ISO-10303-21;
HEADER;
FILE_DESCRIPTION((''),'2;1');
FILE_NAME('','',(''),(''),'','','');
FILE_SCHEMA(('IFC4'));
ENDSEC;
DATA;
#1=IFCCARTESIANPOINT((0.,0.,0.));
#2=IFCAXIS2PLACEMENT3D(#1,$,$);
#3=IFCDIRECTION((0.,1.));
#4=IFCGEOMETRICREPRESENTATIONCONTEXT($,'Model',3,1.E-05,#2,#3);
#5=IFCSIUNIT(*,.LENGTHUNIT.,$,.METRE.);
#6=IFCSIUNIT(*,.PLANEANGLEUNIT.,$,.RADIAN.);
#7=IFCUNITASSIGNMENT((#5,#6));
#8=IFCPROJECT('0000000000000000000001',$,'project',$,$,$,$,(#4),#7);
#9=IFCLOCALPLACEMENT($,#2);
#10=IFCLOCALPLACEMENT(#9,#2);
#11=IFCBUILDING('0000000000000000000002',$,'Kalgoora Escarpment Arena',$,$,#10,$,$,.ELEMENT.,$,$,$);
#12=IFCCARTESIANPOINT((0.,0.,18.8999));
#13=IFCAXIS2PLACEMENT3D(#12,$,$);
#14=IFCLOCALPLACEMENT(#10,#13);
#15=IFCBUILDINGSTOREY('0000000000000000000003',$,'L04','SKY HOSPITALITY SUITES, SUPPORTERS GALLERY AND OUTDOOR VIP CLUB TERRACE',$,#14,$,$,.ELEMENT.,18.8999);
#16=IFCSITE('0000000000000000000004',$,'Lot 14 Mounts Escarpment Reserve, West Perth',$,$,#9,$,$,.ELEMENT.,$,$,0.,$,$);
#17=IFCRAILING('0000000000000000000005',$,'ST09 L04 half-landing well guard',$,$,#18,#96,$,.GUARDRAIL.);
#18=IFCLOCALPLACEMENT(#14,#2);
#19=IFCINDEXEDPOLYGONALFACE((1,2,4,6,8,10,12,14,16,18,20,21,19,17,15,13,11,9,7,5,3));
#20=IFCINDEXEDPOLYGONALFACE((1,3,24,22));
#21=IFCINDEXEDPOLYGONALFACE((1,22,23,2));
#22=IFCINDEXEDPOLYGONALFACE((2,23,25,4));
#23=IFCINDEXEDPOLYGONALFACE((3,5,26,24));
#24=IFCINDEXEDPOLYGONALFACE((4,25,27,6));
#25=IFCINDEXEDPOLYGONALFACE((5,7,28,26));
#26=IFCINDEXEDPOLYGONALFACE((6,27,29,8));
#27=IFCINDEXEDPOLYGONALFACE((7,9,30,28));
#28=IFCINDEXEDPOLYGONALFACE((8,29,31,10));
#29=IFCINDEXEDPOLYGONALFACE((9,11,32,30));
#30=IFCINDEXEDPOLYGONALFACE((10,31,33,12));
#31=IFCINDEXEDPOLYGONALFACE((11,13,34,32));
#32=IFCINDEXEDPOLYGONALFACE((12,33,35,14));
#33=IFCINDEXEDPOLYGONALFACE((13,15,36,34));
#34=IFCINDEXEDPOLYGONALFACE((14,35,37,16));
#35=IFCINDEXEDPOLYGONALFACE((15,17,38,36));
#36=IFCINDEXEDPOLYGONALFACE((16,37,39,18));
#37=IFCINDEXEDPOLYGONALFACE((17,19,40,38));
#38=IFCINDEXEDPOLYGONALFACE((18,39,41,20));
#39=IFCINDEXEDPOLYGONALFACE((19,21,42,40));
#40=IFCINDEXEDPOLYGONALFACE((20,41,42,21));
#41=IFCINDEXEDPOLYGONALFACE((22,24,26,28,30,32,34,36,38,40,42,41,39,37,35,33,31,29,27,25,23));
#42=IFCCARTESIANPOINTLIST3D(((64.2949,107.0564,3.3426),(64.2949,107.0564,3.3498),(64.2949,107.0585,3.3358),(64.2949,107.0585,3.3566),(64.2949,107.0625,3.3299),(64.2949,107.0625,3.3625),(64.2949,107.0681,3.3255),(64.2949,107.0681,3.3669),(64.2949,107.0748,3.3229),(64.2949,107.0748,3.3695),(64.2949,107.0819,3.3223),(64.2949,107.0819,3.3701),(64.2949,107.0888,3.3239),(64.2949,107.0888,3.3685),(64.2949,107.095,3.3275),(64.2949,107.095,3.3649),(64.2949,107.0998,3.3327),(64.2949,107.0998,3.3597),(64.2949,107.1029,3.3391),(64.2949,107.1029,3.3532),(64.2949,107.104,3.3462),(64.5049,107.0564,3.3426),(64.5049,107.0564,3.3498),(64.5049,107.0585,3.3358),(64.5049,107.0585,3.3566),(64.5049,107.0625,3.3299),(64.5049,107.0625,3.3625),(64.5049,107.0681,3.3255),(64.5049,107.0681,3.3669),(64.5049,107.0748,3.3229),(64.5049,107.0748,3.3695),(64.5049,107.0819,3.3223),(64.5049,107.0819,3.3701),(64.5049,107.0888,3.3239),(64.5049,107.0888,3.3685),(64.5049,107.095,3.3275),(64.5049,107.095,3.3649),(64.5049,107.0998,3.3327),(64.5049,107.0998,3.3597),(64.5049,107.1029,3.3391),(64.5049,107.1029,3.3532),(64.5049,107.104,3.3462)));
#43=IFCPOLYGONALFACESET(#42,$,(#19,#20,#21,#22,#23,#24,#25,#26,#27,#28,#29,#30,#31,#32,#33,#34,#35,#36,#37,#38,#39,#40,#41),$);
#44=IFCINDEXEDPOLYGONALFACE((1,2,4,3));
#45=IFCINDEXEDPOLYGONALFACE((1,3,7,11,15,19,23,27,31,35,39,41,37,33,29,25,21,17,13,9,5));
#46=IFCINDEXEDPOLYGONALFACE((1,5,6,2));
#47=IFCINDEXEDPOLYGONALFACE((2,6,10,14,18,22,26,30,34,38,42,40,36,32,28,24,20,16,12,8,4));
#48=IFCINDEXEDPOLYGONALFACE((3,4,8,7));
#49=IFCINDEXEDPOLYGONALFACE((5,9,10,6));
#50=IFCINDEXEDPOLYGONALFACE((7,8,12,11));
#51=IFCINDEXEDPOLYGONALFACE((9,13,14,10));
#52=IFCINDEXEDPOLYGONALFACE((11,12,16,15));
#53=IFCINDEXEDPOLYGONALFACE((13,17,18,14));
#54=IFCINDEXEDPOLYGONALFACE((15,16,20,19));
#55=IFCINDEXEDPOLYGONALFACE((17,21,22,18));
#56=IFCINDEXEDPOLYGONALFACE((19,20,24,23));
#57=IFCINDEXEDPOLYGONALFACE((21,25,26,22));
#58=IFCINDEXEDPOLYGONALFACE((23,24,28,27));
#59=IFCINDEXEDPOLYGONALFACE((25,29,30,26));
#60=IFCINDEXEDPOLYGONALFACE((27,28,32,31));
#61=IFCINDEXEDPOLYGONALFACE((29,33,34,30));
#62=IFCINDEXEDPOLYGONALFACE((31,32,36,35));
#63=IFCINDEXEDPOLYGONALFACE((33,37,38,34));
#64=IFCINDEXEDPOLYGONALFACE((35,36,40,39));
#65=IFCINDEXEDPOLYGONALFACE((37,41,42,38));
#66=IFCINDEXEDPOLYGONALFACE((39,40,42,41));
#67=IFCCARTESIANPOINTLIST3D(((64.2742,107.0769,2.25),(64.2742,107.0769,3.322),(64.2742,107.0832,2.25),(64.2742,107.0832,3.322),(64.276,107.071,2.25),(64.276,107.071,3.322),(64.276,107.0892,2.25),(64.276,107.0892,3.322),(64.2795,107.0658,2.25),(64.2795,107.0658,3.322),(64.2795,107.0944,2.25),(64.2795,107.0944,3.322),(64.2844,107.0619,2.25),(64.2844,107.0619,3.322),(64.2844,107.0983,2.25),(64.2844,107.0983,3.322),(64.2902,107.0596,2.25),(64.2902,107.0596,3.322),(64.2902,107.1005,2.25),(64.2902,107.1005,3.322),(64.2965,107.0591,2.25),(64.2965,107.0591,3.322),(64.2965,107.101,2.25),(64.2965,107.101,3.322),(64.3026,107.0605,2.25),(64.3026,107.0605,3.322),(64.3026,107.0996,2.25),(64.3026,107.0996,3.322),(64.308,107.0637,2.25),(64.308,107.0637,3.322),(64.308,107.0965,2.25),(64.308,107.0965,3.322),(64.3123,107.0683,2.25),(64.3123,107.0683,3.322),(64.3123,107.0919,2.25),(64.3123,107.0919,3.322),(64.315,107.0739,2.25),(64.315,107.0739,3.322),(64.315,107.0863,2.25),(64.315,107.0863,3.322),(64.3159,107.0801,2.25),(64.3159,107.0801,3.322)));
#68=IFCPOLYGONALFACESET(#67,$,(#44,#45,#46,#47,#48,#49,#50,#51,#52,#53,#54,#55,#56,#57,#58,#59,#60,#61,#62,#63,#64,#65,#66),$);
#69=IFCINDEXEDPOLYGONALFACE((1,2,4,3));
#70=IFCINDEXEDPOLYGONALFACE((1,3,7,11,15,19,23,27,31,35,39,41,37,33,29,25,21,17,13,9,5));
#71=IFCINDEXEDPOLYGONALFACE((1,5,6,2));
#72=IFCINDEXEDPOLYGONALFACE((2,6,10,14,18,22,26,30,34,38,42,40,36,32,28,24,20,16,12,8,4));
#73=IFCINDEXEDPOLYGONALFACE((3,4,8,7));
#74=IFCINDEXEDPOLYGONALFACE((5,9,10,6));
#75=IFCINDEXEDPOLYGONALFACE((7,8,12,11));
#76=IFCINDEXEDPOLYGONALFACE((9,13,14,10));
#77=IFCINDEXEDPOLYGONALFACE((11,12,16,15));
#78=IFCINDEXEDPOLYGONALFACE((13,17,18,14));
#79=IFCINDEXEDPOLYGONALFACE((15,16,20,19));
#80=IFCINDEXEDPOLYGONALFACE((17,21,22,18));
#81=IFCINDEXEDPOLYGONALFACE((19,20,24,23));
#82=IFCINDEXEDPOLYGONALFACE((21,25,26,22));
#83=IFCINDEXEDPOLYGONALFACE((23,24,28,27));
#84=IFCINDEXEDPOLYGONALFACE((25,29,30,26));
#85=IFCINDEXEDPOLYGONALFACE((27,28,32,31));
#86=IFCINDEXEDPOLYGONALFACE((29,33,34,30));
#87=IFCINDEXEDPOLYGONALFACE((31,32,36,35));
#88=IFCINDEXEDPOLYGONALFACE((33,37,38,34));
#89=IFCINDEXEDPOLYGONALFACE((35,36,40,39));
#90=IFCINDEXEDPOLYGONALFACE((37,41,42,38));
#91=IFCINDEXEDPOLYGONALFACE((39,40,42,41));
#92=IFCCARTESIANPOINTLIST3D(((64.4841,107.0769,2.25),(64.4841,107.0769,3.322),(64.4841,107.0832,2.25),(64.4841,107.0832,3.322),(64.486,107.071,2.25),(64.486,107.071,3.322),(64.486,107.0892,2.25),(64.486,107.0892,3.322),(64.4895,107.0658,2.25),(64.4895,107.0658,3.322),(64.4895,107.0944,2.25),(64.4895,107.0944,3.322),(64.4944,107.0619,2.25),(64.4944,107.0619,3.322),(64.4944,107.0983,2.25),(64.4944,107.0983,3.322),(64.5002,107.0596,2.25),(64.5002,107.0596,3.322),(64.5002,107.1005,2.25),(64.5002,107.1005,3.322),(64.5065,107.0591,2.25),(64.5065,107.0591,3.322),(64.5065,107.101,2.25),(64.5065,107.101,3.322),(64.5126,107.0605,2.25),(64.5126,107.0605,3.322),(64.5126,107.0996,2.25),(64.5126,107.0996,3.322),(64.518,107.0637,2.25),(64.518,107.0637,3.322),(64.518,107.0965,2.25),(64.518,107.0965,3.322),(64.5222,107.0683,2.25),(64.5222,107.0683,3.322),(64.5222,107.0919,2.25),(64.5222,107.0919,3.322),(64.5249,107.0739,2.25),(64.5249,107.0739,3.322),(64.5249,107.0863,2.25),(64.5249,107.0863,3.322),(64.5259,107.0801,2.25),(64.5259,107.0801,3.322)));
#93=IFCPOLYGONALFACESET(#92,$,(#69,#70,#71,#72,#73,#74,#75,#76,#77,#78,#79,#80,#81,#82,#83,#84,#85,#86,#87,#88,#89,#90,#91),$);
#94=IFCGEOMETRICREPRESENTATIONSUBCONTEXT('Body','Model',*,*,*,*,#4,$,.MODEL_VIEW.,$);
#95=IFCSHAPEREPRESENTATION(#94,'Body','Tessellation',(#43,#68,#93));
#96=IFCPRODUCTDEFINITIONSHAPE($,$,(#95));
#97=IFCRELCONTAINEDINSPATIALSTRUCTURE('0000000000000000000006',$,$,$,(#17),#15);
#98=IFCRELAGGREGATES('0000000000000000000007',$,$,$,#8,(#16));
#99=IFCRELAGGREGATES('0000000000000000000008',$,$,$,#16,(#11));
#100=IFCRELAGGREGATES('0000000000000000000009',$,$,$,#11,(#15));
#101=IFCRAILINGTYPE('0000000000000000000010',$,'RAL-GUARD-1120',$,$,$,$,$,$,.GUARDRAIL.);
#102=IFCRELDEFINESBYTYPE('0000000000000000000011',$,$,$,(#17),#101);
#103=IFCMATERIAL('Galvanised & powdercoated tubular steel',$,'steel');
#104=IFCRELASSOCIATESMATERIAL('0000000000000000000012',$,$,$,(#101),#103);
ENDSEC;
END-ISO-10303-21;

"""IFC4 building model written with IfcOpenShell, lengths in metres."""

from ifc_helpers import new_model, si_unit, direction, frame, origin, origin_2d, place, context, subcontext, project, spatial, circle, extrude, material, type_object, element, save


model = new_model("IFC4")

# Units and contexts
model_context = context("Model", 3, precision=1e-05, world=origin(), true_north=direction((0.0, 1.0)))
body_context = subcontext(model_context, "Body", "Model", "MODEL_VIEW")
ifc_project = project(units=[si_unit("LENGTHUNIT", "METRE"), si_unit("PLANEANGLEUNIT", "RADIAN")], contexts=[model_context])

# Site, building, storey
site_placement = place(None, origin())
site = spatial("IfcSite", under=ifc_project, at=site_placement, Name="Lot 14 Mounts Escarpment Reserve, West Perth", CompositionType="ELEMENT", RefElevation=0.0)
building_placement = place(site_placement, origin())
building = spatial("IfcBuilding", under=site, at=building_placement, Name="Kalgoora Escarpment Arena", CompositionType="ELEMENT")
storey_placement = place(building_placement, frame((0.0, 0.0, 18.8999)))
storey = spatial("IfcBuildingStorey", under=building, at=storey_placement, Name="L04", Description="SKY HOSPITALITY SUITES, SUPPORTERS GALLERY AND OUTDOOR VIP CLUB TERRACE", CompositionType="ELEMENT", Elevation=18.8999)

# Railing
ifc_material_1 = material(Name="Galvanised & powdercoated tubular steel", Category="steel")
railing_type_1 = type_object("IfcRailingType", Name="RAL-GUARD-1120", PredefinedType="GUARDRAIL", material=ifc_material_1)
railing_1_placement = place(storey_placement, frame((64.2949, 107.0801, 2.25)))
element("IfcRailing", 1, at=railing_1_placement, inside=storey, type_object=railing_type_1, Name="ST09 L04 half-landing well guard", PredefinedType="GUARDRAIL", context=body_context, shape_type="SweptSolid", body=[
    extrude(circle(Radius=0.0239, at=origin_2d()), frame((0.0, 0.0, 1.0962), z_axis=(1.0, 0.0, 0.0), x_axis=(0.0, 1.0, 0.0)), (0.0, 0.0, 1.0), 0.21),
    extrude(circle(Radius=0.021, at=origin_2d()), origin(), (0.0, 0.0, 1.0), 1.072),
    extrude(circle(Radius=0.021, at=origin_2d()), frame((0.21, 0.0, 0.0)), (0.0, 0.0, 1.0), 1.072),
])

save(model, "model.ifc")
